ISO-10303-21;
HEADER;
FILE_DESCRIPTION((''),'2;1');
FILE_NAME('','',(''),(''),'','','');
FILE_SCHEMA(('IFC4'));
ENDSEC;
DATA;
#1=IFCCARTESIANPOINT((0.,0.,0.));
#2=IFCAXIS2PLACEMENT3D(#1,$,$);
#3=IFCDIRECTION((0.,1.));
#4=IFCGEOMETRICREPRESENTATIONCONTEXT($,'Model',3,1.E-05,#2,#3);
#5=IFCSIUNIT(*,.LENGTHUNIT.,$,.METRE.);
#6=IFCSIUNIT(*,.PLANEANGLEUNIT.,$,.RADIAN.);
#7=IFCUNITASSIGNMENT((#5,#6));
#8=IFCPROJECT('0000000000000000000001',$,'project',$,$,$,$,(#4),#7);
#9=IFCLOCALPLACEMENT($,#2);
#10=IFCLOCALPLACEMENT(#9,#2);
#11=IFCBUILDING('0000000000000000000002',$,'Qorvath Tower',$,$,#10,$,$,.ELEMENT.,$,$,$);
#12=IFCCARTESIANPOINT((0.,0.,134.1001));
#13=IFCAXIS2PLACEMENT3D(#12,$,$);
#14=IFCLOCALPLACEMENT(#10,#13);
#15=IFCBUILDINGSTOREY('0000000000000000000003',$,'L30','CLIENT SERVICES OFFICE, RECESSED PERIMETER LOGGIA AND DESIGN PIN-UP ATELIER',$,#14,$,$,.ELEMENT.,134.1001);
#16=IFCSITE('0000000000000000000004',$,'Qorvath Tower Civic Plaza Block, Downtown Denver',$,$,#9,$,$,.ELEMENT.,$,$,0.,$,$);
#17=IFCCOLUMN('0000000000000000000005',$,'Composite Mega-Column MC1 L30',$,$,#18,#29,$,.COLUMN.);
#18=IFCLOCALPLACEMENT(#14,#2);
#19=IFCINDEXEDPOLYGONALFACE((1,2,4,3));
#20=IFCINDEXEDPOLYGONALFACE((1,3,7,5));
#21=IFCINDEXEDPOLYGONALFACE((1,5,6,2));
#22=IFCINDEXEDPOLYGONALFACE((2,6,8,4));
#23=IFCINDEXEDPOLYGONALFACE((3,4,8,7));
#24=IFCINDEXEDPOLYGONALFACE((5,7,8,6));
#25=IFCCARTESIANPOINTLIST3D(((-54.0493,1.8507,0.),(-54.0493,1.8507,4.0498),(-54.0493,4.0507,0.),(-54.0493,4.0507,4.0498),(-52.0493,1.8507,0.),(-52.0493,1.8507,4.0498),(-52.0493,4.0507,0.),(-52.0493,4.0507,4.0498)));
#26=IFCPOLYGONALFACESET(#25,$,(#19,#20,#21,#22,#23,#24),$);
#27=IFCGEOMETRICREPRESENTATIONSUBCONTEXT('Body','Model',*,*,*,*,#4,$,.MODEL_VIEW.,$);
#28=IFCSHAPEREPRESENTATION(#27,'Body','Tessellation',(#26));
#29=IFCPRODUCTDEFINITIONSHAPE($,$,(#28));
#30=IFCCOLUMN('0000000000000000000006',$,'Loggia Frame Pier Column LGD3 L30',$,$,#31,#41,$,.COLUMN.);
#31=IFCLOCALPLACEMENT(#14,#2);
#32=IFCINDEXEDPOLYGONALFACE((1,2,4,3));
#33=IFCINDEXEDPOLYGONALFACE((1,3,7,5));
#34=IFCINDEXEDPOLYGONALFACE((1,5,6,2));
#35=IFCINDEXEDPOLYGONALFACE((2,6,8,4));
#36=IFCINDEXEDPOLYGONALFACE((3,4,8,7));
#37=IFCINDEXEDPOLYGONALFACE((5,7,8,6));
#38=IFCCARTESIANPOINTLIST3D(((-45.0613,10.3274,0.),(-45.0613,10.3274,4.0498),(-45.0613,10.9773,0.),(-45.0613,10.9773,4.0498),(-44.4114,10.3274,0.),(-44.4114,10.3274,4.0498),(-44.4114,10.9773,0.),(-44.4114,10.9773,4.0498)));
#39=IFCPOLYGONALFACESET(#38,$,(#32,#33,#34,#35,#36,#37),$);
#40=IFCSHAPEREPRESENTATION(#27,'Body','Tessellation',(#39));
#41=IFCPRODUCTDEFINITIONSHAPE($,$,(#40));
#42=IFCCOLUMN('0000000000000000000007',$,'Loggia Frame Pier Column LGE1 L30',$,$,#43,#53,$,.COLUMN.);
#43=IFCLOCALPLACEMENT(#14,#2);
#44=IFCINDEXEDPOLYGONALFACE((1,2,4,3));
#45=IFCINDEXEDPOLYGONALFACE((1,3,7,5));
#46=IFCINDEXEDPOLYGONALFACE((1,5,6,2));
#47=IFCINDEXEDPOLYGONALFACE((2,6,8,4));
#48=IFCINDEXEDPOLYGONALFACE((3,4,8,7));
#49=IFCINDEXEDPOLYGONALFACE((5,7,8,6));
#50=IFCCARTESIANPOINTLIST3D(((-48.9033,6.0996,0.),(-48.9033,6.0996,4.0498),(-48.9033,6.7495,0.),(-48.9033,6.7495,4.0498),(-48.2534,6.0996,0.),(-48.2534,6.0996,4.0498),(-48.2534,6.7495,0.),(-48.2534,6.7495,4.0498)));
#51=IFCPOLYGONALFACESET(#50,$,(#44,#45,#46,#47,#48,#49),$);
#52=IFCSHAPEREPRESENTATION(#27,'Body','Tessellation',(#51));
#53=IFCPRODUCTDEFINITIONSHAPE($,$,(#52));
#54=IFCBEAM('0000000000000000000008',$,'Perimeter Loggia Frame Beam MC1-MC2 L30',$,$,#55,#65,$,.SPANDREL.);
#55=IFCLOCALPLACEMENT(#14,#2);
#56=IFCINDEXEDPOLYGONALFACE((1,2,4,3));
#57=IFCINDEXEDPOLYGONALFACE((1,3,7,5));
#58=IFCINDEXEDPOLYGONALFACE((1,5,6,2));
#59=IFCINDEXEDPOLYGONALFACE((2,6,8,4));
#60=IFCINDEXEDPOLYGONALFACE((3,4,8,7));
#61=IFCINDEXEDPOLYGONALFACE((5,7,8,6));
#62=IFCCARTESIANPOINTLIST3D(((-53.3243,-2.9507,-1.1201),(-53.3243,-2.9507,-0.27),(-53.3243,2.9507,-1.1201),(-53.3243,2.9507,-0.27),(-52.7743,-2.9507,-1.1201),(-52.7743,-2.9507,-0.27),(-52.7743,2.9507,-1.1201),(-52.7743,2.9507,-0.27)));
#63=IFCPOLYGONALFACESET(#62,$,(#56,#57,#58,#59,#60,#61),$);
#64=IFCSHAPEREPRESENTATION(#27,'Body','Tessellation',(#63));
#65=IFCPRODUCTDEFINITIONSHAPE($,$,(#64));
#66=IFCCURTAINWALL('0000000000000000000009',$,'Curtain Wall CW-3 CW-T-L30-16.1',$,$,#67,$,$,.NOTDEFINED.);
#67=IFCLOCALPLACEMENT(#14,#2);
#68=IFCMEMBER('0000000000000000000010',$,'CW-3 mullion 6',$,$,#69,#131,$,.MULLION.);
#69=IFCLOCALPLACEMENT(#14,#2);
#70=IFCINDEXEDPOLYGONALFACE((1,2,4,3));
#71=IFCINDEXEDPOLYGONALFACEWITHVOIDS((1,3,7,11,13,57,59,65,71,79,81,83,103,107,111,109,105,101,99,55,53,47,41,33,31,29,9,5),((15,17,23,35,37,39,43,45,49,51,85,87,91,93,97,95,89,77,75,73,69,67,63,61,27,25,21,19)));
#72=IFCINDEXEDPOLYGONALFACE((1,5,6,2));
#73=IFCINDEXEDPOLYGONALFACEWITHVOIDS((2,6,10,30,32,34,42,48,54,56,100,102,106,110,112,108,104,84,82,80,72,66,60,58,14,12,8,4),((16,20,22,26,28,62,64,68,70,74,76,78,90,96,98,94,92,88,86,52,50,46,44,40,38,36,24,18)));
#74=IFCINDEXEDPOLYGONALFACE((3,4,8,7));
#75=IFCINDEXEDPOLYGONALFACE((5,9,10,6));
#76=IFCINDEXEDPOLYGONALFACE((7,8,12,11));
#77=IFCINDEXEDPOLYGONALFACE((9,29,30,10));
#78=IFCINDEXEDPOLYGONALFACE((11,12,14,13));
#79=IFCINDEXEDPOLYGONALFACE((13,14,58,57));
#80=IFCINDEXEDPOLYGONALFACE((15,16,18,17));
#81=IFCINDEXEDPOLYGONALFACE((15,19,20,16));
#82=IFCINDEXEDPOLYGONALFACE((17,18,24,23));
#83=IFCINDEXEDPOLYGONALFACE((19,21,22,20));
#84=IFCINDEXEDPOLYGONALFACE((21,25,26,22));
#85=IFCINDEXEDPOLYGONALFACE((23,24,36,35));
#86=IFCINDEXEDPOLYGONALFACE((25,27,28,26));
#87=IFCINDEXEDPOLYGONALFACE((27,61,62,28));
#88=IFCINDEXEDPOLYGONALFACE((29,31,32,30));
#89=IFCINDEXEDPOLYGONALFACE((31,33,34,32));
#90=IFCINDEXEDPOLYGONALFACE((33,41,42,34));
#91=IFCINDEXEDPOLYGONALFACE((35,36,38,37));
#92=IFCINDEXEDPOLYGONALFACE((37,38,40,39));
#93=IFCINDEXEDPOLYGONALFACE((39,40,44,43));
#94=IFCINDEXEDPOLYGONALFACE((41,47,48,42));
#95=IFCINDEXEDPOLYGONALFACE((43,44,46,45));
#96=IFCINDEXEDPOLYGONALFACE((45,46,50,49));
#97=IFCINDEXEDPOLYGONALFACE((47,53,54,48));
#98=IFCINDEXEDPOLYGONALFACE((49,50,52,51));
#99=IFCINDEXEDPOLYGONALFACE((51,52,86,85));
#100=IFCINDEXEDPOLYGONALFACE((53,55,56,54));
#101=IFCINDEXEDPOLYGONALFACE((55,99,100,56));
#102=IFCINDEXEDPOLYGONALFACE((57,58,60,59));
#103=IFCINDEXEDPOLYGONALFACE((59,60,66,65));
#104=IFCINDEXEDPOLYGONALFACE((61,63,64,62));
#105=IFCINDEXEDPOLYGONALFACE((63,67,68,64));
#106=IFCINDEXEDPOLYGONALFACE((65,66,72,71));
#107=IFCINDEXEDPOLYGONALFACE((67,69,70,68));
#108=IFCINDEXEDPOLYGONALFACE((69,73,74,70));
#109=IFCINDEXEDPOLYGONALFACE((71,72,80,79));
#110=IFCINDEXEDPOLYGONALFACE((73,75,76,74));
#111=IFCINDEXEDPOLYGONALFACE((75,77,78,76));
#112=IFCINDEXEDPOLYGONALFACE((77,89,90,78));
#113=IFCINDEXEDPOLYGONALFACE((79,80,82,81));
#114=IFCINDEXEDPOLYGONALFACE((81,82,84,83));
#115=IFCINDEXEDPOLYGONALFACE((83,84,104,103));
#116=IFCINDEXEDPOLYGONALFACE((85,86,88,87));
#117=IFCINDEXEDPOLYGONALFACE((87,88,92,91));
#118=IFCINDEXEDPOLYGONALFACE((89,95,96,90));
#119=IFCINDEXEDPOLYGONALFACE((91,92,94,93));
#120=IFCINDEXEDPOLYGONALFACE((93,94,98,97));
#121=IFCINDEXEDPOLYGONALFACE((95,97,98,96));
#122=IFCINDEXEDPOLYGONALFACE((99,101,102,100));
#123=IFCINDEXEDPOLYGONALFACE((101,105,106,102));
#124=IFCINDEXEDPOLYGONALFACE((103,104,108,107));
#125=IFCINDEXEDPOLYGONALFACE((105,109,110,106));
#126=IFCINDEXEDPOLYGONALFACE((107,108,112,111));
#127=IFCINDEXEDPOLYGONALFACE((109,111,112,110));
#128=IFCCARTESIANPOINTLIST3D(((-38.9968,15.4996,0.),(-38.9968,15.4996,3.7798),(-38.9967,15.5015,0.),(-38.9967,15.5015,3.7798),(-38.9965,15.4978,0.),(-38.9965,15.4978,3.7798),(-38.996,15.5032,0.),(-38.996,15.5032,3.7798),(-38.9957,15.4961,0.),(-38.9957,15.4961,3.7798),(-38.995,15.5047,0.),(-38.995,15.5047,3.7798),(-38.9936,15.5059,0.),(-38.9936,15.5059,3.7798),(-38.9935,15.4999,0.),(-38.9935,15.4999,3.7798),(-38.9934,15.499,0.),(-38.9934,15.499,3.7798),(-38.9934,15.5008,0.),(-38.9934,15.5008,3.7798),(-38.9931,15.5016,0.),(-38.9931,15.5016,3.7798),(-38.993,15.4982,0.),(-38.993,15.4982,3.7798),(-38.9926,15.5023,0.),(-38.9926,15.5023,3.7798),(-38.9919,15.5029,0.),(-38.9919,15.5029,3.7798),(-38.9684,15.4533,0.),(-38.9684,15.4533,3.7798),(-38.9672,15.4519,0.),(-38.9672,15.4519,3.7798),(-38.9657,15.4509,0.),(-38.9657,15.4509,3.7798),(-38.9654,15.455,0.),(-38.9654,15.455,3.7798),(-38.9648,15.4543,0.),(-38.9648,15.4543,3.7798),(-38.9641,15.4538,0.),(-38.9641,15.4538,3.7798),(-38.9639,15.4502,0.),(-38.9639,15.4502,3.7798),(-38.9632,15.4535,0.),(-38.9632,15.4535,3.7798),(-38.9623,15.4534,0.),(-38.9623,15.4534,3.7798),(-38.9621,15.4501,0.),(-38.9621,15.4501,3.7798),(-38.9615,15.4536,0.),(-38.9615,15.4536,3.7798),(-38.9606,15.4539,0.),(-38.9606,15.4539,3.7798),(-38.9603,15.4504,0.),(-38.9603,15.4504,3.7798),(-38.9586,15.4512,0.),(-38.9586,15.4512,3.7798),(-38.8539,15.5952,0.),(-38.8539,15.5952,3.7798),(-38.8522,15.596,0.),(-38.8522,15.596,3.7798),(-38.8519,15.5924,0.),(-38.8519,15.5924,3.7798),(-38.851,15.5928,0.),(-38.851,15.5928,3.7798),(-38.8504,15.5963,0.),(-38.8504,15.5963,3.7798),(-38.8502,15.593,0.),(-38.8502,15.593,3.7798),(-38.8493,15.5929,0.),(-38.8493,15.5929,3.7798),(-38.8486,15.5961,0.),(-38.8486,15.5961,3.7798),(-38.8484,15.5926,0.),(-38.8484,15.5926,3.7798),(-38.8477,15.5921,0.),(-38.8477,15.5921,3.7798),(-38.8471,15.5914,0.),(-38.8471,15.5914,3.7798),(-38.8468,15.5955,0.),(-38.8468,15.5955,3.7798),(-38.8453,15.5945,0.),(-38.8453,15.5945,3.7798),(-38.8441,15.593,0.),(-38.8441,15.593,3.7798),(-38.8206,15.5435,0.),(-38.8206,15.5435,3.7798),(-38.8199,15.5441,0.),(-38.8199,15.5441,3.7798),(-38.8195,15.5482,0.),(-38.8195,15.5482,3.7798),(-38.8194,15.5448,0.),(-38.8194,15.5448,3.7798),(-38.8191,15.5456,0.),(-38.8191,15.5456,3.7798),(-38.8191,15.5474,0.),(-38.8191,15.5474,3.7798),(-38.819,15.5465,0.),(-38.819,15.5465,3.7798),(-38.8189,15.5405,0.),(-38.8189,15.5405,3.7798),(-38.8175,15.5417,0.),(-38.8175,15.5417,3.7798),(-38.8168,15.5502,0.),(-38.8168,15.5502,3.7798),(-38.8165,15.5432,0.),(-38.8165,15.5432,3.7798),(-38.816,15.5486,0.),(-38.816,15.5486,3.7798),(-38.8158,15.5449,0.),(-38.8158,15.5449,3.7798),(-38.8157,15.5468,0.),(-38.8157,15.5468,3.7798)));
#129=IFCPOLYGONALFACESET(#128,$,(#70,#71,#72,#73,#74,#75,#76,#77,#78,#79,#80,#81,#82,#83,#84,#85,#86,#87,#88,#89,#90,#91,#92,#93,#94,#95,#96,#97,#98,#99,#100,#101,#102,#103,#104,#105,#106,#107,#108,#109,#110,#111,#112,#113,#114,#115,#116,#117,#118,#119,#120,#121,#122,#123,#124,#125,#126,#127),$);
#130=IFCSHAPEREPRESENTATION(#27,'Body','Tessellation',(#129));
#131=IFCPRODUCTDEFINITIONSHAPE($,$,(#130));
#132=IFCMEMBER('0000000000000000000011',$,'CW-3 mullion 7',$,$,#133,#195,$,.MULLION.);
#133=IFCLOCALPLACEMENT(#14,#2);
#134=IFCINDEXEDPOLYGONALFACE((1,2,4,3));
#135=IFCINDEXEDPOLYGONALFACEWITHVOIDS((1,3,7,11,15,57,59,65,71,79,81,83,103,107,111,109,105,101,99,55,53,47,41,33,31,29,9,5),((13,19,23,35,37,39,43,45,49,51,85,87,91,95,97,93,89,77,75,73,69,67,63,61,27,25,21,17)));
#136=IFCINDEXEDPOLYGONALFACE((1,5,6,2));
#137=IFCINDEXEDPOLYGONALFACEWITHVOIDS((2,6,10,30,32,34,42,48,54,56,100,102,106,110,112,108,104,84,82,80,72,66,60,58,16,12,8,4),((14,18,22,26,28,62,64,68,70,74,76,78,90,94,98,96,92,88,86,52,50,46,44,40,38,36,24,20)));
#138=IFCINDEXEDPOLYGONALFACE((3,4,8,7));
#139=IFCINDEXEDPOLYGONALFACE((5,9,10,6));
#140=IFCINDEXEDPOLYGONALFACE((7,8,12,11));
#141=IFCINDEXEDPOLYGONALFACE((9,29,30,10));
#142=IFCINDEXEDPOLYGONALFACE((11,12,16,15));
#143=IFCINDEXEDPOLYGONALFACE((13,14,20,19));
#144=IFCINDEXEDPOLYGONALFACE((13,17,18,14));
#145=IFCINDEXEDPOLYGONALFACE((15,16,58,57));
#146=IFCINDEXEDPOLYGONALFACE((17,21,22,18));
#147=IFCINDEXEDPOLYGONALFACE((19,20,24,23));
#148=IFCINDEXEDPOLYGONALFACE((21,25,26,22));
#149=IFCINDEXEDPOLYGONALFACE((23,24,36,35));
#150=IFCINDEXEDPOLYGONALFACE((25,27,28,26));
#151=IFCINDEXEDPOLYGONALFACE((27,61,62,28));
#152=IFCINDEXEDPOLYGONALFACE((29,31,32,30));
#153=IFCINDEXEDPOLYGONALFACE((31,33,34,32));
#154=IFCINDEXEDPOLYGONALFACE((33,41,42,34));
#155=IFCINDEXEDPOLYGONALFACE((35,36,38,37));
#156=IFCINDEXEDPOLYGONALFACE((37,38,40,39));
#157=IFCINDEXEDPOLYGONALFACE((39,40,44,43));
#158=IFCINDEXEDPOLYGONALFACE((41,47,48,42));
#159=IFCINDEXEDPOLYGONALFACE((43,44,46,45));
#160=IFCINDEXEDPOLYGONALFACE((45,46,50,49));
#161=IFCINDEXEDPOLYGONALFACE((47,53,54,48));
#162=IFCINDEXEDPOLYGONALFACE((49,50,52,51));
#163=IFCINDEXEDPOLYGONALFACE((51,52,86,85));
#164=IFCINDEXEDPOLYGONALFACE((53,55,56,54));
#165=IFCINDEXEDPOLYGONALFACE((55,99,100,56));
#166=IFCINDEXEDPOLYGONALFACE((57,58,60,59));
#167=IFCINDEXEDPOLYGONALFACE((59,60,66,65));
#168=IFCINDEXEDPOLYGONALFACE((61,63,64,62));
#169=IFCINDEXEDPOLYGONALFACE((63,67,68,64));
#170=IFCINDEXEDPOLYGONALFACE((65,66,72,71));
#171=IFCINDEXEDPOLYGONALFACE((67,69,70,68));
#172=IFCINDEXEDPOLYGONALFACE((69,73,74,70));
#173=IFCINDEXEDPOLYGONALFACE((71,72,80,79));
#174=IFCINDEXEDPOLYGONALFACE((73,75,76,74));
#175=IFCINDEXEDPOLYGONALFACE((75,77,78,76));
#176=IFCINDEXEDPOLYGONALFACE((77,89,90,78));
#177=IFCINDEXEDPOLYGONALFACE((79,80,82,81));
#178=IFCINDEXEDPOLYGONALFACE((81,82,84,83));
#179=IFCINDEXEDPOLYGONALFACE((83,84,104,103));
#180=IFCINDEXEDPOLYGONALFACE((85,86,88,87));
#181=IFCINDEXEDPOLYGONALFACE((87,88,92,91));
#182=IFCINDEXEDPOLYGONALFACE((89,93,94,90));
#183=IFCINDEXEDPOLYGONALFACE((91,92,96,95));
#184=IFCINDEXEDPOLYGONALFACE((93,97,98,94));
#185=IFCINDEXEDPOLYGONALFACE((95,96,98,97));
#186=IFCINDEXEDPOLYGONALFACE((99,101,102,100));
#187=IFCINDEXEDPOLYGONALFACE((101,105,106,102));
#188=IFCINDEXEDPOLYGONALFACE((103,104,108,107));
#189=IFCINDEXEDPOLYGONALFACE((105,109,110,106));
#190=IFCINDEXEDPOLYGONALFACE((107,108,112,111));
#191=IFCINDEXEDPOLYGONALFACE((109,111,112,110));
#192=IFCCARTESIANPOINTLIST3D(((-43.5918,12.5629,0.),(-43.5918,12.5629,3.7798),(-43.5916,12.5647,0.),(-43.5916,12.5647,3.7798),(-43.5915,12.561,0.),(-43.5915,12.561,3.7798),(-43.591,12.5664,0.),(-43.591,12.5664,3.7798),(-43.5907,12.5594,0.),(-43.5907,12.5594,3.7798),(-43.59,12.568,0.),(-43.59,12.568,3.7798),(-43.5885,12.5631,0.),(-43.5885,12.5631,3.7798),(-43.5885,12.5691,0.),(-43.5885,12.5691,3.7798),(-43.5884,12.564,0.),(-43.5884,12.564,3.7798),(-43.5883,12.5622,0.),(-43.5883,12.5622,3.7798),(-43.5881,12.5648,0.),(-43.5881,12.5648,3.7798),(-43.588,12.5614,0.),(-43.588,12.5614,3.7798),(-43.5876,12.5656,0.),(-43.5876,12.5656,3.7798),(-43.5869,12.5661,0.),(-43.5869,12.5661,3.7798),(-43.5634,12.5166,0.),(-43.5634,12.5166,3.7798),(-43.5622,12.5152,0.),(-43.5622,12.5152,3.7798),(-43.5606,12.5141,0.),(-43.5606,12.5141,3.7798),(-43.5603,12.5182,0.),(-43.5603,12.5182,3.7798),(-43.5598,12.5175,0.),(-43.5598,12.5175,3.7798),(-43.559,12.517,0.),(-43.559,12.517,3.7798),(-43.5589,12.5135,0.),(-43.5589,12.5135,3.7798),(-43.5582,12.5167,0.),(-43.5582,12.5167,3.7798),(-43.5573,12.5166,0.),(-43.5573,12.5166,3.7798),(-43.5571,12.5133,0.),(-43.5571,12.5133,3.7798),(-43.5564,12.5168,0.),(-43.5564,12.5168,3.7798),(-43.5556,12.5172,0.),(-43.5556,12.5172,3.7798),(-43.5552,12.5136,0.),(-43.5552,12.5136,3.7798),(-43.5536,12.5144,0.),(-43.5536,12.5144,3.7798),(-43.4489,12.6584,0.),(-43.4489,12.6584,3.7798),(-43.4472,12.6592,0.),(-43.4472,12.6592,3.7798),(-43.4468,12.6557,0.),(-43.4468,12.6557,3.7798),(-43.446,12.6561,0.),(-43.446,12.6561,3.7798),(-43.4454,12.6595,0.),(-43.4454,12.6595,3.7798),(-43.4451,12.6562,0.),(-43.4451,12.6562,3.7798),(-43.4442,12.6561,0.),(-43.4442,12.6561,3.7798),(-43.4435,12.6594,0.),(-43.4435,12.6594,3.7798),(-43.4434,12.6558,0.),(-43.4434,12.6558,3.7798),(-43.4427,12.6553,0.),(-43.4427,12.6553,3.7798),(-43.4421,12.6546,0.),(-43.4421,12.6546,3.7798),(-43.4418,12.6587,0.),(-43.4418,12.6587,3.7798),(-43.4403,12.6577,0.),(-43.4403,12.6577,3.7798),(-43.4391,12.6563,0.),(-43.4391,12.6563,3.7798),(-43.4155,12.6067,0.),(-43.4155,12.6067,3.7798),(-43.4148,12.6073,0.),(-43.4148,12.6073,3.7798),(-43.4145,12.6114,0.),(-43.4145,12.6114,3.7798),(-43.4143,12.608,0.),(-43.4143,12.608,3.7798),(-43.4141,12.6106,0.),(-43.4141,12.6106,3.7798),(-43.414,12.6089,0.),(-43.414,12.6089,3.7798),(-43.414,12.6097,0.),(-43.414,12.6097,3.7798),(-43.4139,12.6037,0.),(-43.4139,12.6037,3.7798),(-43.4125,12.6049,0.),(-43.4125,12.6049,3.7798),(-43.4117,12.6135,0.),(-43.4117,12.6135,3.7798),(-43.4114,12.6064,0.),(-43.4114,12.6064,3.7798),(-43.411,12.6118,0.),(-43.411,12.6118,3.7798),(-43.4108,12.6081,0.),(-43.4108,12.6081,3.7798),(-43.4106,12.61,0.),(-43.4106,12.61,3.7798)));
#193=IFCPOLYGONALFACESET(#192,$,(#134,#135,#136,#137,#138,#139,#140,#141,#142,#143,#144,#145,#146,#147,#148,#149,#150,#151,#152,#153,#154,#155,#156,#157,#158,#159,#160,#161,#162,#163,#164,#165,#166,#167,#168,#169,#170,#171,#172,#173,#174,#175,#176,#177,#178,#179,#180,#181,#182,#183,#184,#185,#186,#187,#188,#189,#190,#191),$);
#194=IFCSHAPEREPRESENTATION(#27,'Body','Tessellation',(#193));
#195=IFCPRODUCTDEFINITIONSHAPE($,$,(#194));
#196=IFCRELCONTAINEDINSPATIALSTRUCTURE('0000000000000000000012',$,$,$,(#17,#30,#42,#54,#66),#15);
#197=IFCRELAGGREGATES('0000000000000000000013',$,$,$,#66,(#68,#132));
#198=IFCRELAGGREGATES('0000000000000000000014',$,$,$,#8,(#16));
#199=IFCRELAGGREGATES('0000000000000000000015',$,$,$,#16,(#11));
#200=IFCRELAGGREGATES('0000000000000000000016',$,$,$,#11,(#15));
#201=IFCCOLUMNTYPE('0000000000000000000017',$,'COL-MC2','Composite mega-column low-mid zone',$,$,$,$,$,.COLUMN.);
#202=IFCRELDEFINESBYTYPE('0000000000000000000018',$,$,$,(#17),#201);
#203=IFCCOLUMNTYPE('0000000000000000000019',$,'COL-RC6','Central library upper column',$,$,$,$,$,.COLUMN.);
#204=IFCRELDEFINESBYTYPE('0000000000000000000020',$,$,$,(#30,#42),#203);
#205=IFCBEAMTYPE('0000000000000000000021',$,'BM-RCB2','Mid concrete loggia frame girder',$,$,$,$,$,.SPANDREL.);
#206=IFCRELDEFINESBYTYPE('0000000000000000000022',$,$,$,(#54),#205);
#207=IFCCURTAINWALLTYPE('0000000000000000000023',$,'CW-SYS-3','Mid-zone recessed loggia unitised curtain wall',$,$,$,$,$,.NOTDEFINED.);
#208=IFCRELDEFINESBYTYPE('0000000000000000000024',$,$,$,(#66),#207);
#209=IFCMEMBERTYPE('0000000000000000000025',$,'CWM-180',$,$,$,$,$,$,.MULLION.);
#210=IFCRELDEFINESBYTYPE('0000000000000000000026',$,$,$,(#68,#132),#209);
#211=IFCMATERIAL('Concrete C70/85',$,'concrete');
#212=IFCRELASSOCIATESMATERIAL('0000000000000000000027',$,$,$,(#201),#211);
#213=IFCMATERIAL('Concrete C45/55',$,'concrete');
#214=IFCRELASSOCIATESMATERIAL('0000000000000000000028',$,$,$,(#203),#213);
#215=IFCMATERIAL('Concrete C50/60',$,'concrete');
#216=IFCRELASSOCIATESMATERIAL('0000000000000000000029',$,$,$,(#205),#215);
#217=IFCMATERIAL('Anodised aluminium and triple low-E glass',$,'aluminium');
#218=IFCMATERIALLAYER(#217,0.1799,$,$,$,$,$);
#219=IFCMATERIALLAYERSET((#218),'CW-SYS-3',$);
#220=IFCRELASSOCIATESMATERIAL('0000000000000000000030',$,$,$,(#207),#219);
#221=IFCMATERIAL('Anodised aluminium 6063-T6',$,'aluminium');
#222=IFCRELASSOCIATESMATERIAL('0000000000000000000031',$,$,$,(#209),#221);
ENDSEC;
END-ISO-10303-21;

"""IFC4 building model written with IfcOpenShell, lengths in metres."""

from ifc_helpers import new_model, si_unit, direction, frame, origin, origin_2d, place, context, subcontext, project, spatial, rectangle, hollow_rectangle, extrude, material, layer, layer_set, material_profile, profile_set, type_object, element, aggregate, save


model = new_model("IFC4")

# Units and contexts
model_context = context("Model", 3, precision=1e-05, world=origin(), true_north=direction((0.0, 1.0)))
body_context = subcontext(model_context, "Body", "Model", "MODEL_VIEW")
ifc_project = project(units=[si_unit("LENGTHUNIT", "METRE"), si_unit("PLANEANGLEUNIT", "RADIAN")], contexts=[model_context])

# Site, building, storey
site_placement = place(None, origin())
site = spatial("IfcSite", under=ifc_project, at=site_placement, Name="Qorvath Tower Civic Plaza Block, Downtown Denver", CompositionType="ELEMENT", RefElevation=0.0)
building_placement = place(site_placement, origin())
building = spatial("IfcBuilding", under=site, at=building_placement, Name="Qorvath Tower", CompositionType="ELEMENT")
storey_placement = place(building_placement, frame((0.0, 0.0, 134.1001)))
storey = spatial("IfcBuildingStorey", under=building, at=storey_placement, Name="L30", Description="CLIENT SERVICES OFFICE, RECESSED PERIMETER LOGGIA AND DESIGN PIN-UP ATELIER", CompositionType="ELEMENT", Elevation=134.1001)

# Columns
ifc_material_1 = material(Name="Concrete C70/85", Category="concrete")
ifc_material_profile_1 = material_profile(ifc_material_1, rectangle(XDim=2.0, YDim=2.2, at=origin_2d()), Name="MC 2200x2000")
ifc_profile_set_1 = profile_set([ifc_material_profile_1], Name="Concrete C70/85")
column_type_1 = type_object("IfcColumnType", Name="COL-MC2", Description="Composite mega-column low-mid zone", PredefinedType="COLUMN", material=ifc_profile_set_1)
column_placement = place(storey_placement, frame((-53.0493, 2.9507, 0.0), z_axis=(0.0, 0.0, 1.0), x_axis=(1.0, 0.0, 0.0)))
element("IfcColumn", 1, at=column_placement, inside=storey, type_object=column_type_1, Name="Composite Mega-Column MC1 L30", PredefinedType="COLUMN", context=body_context, shape_type="SweptSolid", body=[
    extrude(rectangle(XDim=2.0, YDim=2.2, at=origin_2d()), origin(), (0.0, 0.0, 1.0), 4.0498),
])
ifc_material_2 = material(Name="Concrete C45/55", Category="concrete")
ifc_material_profile_2 = material_profile(ifc_material_2, rectangle(XDim=0.6499, YDim=0.6499, at=origin_2d()), Name="RC 650x650")
ifc_profile_set_2 = profile_set([ifc_material_profile_2], Name="Concrete C45/55")
column_type_2 = type_object("IfcColumnType", Name="COL-RC6", Description="Central library upper column", PredefinedType="COLUMN", material=ifc_profile_set_2)
for number, where, z_axis, x_axis, name in (
    (2, (-44.7363, 10.6523, 0.0), (0.0, 0.0, 1.0), (1.0, 0.0, 0.0), "Loggia Frame Pier Column LGD3 L30"),
    (3, (-48.5784, 6.4246, 0.0), (0.0, 0.0, 1.0), (1.0, 0.0, 0.0), "Loggia Frame Pier Column LGE1 L30"),
):
    element("IfcColumn", number, at=place(storey_placement, frame(where, z_axis=z_axis, x_axis=x_axis)), inside=storey, type_object=column_type_2, Name=name, PredefinedType="COLUMN", context=body_context, shape_type="SweptSolid", body=[
        extrude(rectangle(XDim=0.6499, YDim=0.6499, at=origin_2d()), origin(), (0.0, 0.0, 1.0), 4.0498),
    ])

# Beam
ifc_material_3 = material(Name="Concrete C50/60", Category="concrete")
ifc_material_profile_3 = material_profile(ifc_material_3, rectangle(XDim=0.55, YDim=0.8501, at=origin_2d()), Name="RCB 850x550")
ifc_profile_set_3 = profile_set([ifc_material_profile_3], Name="Concrete C50/60")
beam_type = type_object("IfcBeamType", Name="BM-RCB2", Description="Mid concrete loggia frame girder", PredefinedType="SPANDREL", material=ifc_profile_set_3)
beam_placement = place(storey_placement, frame((-53.0493, 2.9507, -0.6951), z_axis=(0.0, -1.0, 0.0), x_axis=(1.0, 0.0, 0.0)))
element("IfcBeam", 4, at=beam_placement, inside=storey, type_object=beam_type, Name="Perimeter Loggia Frame Beam MC1-MC2 L30", PredefinedType="SPANDREL", context=body_context, shape_type="SweptSolid", body=[
    extrude(rectangle(XDim=0.55, YDim=0.8501, at=origin_2d()), origin(), (0.0, 0.0, 1.0), 5.9014),
])

# Curtain wall, members
ifc_material_4 = material(Name="Anodised aluminium and triple low-E glass", Category="aluminium")
ifc_layer_1 = layer(ifc_material_4, 0.1799)
ifc_layer_set_1 = layer_set([ifc_layer_1], Name="CW-SYS-3")
curtain_wall_type = type_object("IfcCurtainWallType", Name="CW-SYS-3", Description="Mid-zone recessed loggia unitised curtain wall", PredefinedType="NOTDEFINED", material=ifc_layer_set_1)
curtain_wall_placement = place(storey_placement, origin())
curtain_wall = element("IfcCurtainWall", 5, at=curtain_wall_placement, inside=storey, type_object=curtain_wall_type, Name="Curtain Wall CW-3 CW-T-L30-16.1", PredefinedType="NOTDEFINED")
ifc_material_5 = material(Name="Anodised aluminium 6063-T6", Category="aluminium")
ifc_material_profile_4 = material_profile(ifc_material_5, hollow_rectangle(XDim=0.0649, YDim=0.1799, WallThickness=0.0034, InnerFilletRadius=0.0034, OuterFilletRadius=0.0071, at=origin_2d()), Name="CWM 180x65")
ifc_profile_set_4 = profile_set([ifc_material_profile_4], Name="Anodised aluminium 6063-T6")
member_type_1 = type_object("IfcMemberType", Name="CWM-180", PredefinedType="MULLION", material=ifc_profile_set_4)
member_1_placement = place(storey_placement, frame((-38.9062, 15.5232, 0.0), z_axis=(0.0, 0.0, 1.0), x_axis=(0.538534, -0.842604, 0.0)))
member_1 = element("IfcMember", 6, at=member_1_placement, type_object=member_type_1, Name="CW-3 mullion 6", PredefinedType="MULLION", context=body_context, shape_type="SweptSolid", body=[
    extrude(hollow_rectangle(XDim=0.0649, YDim=0.1799, WallThickness=0.0034, InnerFilletRadius=0.0034, OuterFilletRadius=0.0071, at=origin_2d()), origin(), (0.0, 0.0, 1.0), 3.7798),
])
member_2_placement = place(storey_placement, frame((-43.5012, 12.5864, 0.0), z_axis=(0.0, 0.0, 1.0), x_axis=(0.538534, -0.842604, 0.0)))
member_2 = element("IfcMember", 7, at=member_2_placement, type_object=member_type_1, Name="CW-3 mullion 7", PredefinedType="MULLION", context=body_context, shape_type="SweptSolid", body=[
    extrude(hollow_rectangle(XDim=0.0649, YDim=0.1799, WallThickness=0.0034, InnerFilletRadius=0.0034, OuterFilletRadius=0.0071, at=origin_2d()), origin(), (0.0, 0.0, 1.0), 3.7798),
])
aggregate(curtain_wall, [member_1, member_2])

save(model, "model.ifc")
